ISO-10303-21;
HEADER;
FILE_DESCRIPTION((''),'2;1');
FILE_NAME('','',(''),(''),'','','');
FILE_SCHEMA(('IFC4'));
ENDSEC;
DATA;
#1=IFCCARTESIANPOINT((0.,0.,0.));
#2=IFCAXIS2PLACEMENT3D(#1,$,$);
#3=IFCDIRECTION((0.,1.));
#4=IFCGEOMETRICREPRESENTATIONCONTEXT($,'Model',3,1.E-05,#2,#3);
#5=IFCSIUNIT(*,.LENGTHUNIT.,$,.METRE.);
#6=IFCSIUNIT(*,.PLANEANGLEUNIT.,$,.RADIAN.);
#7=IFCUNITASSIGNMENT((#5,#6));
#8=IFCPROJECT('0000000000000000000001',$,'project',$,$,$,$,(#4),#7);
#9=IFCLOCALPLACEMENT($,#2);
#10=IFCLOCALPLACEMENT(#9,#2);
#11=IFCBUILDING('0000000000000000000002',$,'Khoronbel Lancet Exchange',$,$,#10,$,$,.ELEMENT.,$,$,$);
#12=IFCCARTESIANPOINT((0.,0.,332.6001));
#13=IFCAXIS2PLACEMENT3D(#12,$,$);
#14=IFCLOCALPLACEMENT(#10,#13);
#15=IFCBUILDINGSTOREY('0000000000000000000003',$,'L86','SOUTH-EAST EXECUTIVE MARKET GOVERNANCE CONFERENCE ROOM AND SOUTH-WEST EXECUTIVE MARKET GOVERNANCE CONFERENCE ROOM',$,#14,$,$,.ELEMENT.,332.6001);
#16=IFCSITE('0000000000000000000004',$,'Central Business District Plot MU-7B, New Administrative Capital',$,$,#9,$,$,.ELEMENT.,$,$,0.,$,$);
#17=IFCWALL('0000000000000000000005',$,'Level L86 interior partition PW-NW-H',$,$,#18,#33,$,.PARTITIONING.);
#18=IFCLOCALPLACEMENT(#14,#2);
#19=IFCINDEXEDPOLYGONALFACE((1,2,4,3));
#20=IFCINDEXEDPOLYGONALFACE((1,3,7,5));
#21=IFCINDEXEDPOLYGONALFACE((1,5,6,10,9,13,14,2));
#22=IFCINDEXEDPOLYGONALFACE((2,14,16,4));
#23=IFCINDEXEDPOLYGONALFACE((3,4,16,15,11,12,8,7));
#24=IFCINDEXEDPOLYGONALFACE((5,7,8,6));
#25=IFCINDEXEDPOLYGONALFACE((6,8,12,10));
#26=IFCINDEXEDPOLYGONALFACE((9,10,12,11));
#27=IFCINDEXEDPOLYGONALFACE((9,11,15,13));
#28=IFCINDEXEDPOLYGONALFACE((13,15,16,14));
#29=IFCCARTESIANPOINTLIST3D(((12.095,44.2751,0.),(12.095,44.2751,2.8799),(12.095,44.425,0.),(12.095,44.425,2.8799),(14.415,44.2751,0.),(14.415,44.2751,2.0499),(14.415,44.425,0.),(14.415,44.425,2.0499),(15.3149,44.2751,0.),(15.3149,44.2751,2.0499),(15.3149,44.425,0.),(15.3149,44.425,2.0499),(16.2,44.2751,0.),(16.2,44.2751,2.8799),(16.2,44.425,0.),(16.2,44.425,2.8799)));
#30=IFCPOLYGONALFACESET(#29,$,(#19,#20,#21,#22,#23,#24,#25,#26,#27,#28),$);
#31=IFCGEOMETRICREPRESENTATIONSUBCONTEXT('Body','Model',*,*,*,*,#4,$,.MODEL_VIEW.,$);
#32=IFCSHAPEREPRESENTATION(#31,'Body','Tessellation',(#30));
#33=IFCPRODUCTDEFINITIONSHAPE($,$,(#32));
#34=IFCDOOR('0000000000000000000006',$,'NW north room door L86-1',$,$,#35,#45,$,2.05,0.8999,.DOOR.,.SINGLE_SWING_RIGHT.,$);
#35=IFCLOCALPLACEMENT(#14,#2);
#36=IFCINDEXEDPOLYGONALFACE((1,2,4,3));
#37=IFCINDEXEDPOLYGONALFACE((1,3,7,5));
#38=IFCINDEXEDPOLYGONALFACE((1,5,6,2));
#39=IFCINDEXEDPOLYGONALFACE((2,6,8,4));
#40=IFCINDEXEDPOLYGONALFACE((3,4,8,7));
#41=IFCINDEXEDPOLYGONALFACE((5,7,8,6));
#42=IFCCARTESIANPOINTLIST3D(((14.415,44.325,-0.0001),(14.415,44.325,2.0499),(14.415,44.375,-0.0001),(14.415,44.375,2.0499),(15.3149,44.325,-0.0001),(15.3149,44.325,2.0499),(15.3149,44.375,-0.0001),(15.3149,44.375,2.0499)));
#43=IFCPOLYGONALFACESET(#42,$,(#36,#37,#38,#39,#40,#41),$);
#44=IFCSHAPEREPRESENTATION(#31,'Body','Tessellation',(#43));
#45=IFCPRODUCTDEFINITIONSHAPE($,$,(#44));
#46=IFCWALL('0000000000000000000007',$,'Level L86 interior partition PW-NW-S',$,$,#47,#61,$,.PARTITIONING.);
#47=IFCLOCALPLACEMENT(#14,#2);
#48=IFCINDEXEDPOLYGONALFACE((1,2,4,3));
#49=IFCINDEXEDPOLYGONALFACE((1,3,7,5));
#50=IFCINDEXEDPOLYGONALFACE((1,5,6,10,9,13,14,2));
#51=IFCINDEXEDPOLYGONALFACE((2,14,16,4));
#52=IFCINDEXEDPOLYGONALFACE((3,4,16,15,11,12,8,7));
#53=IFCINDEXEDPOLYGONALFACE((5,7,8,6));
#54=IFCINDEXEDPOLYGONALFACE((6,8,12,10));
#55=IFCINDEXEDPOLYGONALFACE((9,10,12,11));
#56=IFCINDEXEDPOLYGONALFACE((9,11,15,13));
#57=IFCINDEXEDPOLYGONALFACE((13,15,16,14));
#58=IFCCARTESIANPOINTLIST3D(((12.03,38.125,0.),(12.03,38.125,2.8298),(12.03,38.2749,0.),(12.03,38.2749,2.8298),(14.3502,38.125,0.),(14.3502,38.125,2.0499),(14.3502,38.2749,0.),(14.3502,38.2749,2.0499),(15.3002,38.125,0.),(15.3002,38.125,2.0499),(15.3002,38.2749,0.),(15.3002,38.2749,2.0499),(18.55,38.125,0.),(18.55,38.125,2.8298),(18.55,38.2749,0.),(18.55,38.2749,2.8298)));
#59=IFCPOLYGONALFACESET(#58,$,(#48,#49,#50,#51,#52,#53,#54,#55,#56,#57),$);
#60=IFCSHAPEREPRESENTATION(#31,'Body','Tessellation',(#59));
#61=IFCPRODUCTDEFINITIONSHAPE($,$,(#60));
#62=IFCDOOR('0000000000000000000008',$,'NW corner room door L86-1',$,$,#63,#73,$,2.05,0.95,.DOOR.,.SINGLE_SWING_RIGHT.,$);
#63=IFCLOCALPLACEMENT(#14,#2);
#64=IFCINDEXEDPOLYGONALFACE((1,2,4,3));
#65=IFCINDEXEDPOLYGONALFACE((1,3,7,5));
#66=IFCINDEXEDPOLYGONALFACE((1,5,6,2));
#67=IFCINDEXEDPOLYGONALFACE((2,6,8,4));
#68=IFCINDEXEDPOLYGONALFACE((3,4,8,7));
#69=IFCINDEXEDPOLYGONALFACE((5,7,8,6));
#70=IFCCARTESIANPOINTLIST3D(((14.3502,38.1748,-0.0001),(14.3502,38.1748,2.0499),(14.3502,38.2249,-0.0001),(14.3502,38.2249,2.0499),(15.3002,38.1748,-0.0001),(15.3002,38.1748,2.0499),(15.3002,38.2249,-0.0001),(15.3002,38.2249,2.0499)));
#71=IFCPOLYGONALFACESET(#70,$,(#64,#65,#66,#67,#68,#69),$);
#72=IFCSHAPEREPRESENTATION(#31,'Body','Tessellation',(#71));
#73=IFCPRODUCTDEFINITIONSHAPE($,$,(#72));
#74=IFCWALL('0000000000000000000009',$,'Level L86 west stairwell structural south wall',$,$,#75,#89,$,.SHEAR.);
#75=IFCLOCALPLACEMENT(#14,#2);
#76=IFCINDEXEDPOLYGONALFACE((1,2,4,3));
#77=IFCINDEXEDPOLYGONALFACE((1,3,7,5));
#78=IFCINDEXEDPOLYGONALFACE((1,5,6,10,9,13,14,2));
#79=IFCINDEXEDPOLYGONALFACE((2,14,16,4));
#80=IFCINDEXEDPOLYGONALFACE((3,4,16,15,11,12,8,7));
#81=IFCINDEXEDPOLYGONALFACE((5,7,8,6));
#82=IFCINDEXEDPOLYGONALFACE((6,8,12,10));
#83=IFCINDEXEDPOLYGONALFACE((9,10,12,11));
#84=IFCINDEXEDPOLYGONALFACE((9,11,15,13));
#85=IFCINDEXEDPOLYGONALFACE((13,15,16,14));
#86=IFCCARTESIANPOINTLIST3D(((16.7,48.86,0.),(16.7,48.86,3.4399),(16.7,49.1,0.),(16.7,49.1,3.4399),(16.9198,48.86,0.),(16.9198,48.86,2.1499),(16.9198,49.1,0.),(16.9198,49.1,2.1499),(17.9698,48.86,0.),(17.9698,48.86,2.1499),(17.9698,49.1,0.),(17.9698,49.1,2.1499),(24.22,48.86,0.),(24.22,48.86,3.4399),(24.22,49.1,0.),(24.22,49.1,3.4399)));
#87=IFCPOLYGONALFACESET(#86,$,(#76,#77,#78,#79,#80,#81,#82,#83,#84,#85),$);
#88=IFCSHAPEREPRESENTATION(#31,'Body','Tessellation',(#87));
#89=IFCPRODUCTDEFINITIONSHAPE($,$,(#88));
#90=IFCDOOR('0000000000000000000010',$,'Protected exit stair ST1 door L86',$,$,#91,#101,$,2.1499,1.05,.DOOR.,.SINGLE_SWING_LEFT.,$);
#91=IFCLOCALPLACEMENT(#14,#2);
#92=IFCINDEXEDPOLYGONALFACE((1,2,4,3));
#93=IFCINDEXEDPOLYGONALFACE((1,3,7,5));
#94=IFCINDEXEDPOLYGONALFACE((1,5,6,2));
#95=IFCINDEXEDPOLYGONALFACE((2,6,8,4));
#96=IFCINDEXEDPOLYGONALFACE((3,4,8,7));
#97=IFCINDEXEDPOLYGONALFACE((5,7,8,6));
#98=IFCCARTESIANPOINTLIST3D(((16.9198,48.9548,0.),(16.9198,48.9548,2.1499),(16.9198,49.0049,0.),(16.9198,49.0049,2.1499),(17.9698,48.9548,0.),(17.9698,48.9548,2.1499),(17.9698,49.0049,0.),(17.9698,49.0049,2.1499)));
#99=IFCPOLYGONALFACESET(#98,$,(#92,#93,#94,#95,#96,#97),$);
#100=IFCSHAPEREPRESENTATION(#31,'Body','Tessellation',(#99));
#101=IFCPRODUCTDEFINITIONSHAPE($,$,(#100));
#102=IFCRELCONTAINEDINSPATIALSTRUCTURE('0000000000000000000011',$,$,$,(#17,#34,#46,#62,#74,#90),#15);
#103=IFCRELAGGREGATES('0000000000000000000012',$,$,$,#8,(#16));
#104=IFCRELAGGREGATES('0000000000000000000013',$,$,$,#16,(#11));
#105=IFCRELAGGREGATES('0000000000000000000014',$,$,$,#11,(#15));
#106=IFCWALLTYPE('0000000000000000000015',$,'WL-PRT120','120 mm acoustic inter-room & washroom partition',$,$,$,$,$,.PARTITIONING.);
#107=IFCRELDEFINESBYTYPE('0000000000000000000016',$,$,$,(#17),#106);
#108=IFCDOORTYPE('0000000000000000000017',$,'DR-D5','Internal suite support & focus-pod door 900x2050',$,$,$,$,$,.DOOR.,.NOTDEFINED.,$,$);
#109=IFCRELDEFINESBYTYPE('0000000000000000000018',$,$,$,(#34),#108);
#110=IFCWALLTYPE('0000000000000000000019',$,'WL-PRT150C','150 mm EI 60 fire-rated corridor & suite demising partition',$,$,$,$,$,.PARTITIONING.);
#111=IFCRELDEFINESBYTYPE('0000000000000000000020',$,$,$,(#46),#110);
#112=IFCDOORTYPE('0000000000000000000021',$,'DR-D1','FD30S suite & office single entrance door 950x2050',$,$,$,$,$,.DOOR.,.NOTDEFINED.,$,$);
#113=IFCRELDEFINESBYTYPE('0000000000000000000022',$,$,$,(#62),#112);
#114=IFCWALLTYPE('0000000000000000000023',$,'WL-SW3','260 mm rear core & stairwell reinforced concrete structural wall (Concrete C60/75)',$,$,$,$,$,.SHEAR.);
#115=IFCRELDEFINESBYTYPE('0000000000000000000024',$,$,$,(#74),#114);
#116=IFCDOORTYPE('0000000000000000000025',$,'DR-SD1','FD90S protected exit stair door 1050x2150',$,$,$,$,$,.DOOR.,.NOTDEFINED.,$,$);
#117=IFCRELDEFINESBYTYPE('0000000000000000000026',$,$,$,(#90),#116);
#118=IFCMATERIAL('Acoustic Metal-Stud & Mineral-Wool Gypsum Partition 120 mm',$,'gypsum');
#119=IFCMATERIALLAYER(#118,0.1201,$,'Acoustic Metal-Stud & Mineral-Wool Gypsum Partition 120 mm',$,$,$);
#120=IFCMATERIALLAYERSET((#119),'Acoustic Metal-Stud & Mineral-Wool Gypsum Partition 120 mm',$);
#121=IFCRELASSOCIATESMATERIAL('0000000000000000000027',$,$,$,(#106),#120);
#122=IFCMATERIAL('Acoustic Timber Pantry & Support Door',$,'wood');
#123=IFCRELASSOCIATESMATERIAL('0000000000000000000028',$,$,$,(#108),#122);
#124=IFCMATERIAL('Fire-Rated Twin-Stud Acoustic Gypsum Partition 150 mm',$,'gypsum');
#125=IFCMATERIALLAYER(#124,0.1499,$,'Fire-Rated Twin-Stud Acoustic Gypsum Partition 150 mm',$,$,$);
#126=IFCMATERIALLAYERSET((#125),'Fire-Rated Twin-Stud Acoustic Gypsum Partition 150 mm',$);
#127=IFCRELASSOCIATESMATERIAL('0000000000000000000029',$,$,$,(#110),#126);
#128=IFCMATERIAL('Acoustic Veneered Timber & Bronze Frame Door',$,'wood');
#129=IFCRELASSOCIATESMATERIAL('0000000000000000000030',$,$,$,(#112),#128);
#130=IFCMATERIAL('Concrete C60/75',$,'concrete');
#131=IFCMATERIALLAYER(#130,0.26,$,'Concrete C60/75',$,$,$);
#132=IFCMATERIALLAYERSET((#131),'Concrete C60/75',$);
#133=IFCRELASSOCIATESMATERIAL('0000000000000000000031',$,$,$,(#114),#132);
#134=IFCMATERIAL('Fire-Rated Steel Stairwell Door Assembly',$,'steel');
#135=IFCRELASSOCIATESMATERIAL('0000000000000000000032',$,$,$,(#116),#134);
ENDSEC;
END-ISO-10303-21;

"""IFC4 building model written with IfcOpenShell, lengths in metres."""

from ifc_helpers import new_model, si_unit, direction, frame, frame_2d, origin, place, context, subcontext, project, spatial, rectangle, extrude, material, layer, layer_set, type_object, element, fill, save


model = new_model("IFC4")

# Units and contexts
model_context = context("Model", 3, precision=1e-05, world=origin(), true_north=direction((0.0, 1.0)))
body_context = subcontext(model_context, "Body", "Model", "MODEL_VIEW")
ifc_project = project(units=[si_unit("LENGTHUNIT", "METRE"), si_unit("PLANEANGLEUNIT", "RADIAN")], contexts=[model_context])

# Site, building, storey
site_placement = place(None, origin())
site = spatial("IfcSite", under=ifc_project, at=site_placement, Name="Central Business District Plot MU-7B, New Administrative Capital", CompositionType="ELEMENT", RefElevation=0.0)
building_placement = place(site_placement, origin())
building = spatial("IfcBuilding", under=site, at=building_placement, Name="Khoronbel Lancet Exchange", CompositionType="ELEMENT")
storey_placement = place(building_placement, frame((0.0, 0.0, 332.6001)))
storey = spatial("IfcBuildingStorey", under=building, at=storey_placement, Name="L86", Description="SOUTH-EAST EXECUTIVE MARKET GOVERNANCE CONFERENCE ROOM AND SOUTH-WEST EXECUTIVE MARKET GOVERNANCE CONFERENCE ROOM", CompositionType="ELEMENT", Elevation=332.6001)

# Shared definitions
ifc_material_1 = material(Name="Concrete C60/75", Category="concrete")

# Walls, openings, doors
ifc_material_2 = material(Name="Acoustic Metal-Stud & Mineral-Wool Gypsum Partition 120 mm", Category="gypsum")
ifc_layer_1 = layer(ifc_material_2, 0.1201, Name="Acoustic Metal-Stud & Mineral-Wool Gypsum Partition 120 mm")
ifc_layer_set_1 = layer_set([ifc_layer_1], Name="Acoustic Metal-Stud & Mineral-Wool Gypsum Partition 120 mm")
wall_type_1 = type_object("IfcWallType", Name="WL-PRT120", Description="120 mm acoustic inter-room & washroom partition", PredefinedType="PARTITIONING", material=ifc_layer_set_1)
wall_1_placement = place(storey_placement, frame((12.095, 44.3501, 0.0), z_axis=(0.0, 0.0, 1.0), x_axis=(1.0, 0.0, 0.0)))
wall_1 = element("IfcWall", 1, at=wall_1_placement, inside=storey, type_object=wall_type_1, Name="Level L86 interior partition PW-NW-H", PredefinedType="PARTITIONING", context=body_context, shape_type="SweptSolid", body=[
    extrude(rectangle(XDim=4.105, YDim=0.1499, at=frame_2d((2.0525, 0.0))), origin(), (0.0, 0.0, 1.0), 2.8799),
])
opening_1_placement = place(wall_1_placement, frame((2.3201, 0.0, 0.0)))
opening_1 = element("IfcOpeningElement", 2, at=opening_1_placement, cuts=wall_1, PredefinedType="OPENING", context=body_context, shape_type="SweptSolid", body=[
    extrude(rectangle(XDim=0.8999, YDim=2.05, at=frame_2d((0.45, 1.0249))), frame((0.0, 0.085, 0.0), z_axis=(0.0, -1.0, 0.0), x_axis=(1.0, 0.0, 0.0)), (0.0, 0.0, 1.0), 0.1699),
])
ifc_material_3 = material(Name="Acoustic Timber Pantry & Support Door", Category="wood")
door_type_1 = type_object("IfcDoorType", Name="DR-D5", Description="Internal suite support & focus-pod door 900x2050", OperationType="NOTDEFINED", PredefinedType="DOOR", material=ifc_material_3)
door_1_placement = place(opening_1_placement, origin())
door_1 = element("IfcDoor", 3, at=door_1_placement, inside=storey, type_object=door_type_1, Name="NW north room door L86-1", OperationType="SINGLE_SWING_RIGHT", OverallHeight=2.05, OverallWidth=0.8999, PredefinedType="DOOR", context=body_context, shape_type="SweptSolid", body=[
    extrude(rectangle(XDim=0.8999, YDim=2.05, at=frame_2d((0.45, 1.0249))), frame((0.0, 0.0249, 0.0), z_axis=(0.0, -1.0, 0.0), x_axis=(1.0, 0.0, 0.0)), (0.0, 0.0, 1.0), 0.05),
])
fill(opening_1, door_1)
ifc_material_4 = material(Name="Fire-Rated Twin-Stud Acoustic Gypsum Partition 150 mm", Category="gypsum")
ifc_layer_2 = layer(ifc_material_4, 0.1499, Name="Fire-Rated Twin-Stud Acoustic Gypsum Partition 150 mm")
ifc_layer_set_2 = layer_set([ifc_layer_2], Name="Fire-Rated Twin-Stud Acoustic Gypsum Partition 150 mm")
wall_type_2 = type_object("IfcWallType", Name="WL-PRT150C", Description="150 mm EI 60 fire-rated corridor & suite demising partition", PredefinedType="PARTITIONING", material=ifc_layer_set_2)
wall_2_placement = place(storey_placement, frame((12.03, 38.2, 0.0), z_axis=(0.0, 0.0, 1.0), x_axis=(1.0, 0.0, 0.0)))
wall_2 = element("IfcWall", 4, at=wall_2_placement, inside=storey, type_object=wall_type_2, Name="Level L86 interior partition PW-NW-S", PredefinedType="PARTITIONING", context=body_context, shape_type="SweptSolid", body=[
    extrude(rectangle(XDim=6.52, YDim=0.1499, at=frame_2d((3.26, 0.0))), origin(), (0.0, 0.0, 1.0), 2.8298),
])
opening_2_placement = place(wall_2_placement, frame((2.3201, 0.0, 0.0)))
opening_2 = element("IfcOpeningElement", 5, at=opening_2_placement, cuts=wall_2, PredefinedType="OPENING", context=body_context, shape_type="SweptSolid", body=[
    extrude(rectangle(XDim=0.95, YDim=2.05, at=frame_2d((0.4751, 1.0249))), frame((0.0, 0.085, 0.0), z_axis=(0.0, -1.0, 0.0), x_axis=(1.0, 0.0, 0.0)), (0.0, 0.0, 1.0), 0.1699),
])
ifc_material_5 = material(Name="Acoustic Veneered Timber & Bronze Frame Door", Category="wood")
door_type_2 = type_object("IfcDoorType", Name="DR-D1", Description="FD30S suite & office single entrance door 950x2050", OperationType="NOTDEFINED", PredefinedType="DOOR", material=ifc_material_5)
door_2_placement = place(opening_2_placement, origin())
door_2 = element("IfcDoor", 6, at=door_2_placement, inside=storey, type_object=door_type_2, Name="NW corner room door L86-1", OperationType="SINGLE_SWING_RIGHT", OverallHeight=2.05, OverallWidth=0.95, PredefinedType="DOOR", context=body_context, shape_type="SweptSolid", body=[
    extrude(rectangle(XDim=0.95, YDim=2.05, at=frame_2d((0.4751, 1.0249))), frame((0.0, 0.0249, 0.0), z_axis=(0.0, -1.0, 0.0), x_axis=(1.0, 0.0, 0.0)), (0.0, 0.0, 1.0), 0.05),
])
fill(opening_2, door_2)
ifc_layer_3 = layer(ifc_material_1, 0.26, Name="Concrete C60/75")
ifc_layer_set_3 = layer_set([ifc_layer_3], Name="Concrete C60/75")
wall_type_3 = type_object("IfcWallType", Name="WL-SW3", Description="260 mm rear core & stairwell reinforced concrete structural wall (Concrete C60/75)", PredefinedType="SHEAR", material=ifc_layer_set_3)
wall_3_placement = place(storey_placement, frame((16.7, 48.98, 0.0), z_axis=(0.0, 0.0, 1.0), x_axis=(1.0, 0.0, 0.0)))
wall_3 = element("IfcWall", 7, at=wall_3_placement, inside=storey, type_object=wall_type_3, Name="Level L86 west stairwell structural south wall", PredefinedType="SHEAR", context=body_context, shape_type="SweptSolid", body=[
    extrude(rectangle(XDim=7.52, YDim=0.24, at=frame_2d((3.76, 0.0))), origin(), (0.0, 0.0, 1.0), 3.4399),
])
opening_3_placement = place(wall_3_placement, frame((0.22, 0.0, 0.0)))
opening_3 = element("IfcOpeningElement", 8, at=opening_3_placement, cuts=wall_3, PredefinedType="OPENING", context=body_context, shape_type="SweptSolid", body=[
    extrude(rectangle(XDim=1.05, YDim=2.1499, at=frame_2d((0.5249, 1.075))), frame((0.0, 0.1299, 0.0), z_axis=(0.0, -1.0, 0.0), x_axis=(1.0, 0.0, 0.0)), (0.0, 0.0, 1.0), 0.26),
])
ifc_material_6 = material(Name="Fire-Rated Steel Stairwell Door Assembly", Category="steel")
door_type_3 = type_object("IfcDoorType", Name="DR-SD1", Description="FD90S protected exit stair door 1050x2150", OperationType="NOTDEFINED", PredefinedType="DOOR", material=ifc_material_6)
door_3_placement = place(opening_3_placement, origin())
door_3 = element("IfcDoor", 9, at=door_3_placement, inside=storey, type_object=door_type_3, Name="Protected exit stair ST1 door L86", OperationType="SINGLE_SWING_LEFT", OverallHeight=2.1499, OverallWidth=1.05, PredefinedType="DOOR", context=body_context, shape_type="SweptSolid", body=[
    extrude(rectangle(XDim=1.05, YDim=2.1499, at=frame_2d((0.5249, 1.075))), frame((0.0, 0.0249, 0.0), z_axis=(0.0, -1.0, 0.0), x_axis=(1.0, 0.0, 0.0)), (0.0, 0.0, 1.0), 0.05),
])
fill(opening_3, door_3)

save(model, "model.ifc")
